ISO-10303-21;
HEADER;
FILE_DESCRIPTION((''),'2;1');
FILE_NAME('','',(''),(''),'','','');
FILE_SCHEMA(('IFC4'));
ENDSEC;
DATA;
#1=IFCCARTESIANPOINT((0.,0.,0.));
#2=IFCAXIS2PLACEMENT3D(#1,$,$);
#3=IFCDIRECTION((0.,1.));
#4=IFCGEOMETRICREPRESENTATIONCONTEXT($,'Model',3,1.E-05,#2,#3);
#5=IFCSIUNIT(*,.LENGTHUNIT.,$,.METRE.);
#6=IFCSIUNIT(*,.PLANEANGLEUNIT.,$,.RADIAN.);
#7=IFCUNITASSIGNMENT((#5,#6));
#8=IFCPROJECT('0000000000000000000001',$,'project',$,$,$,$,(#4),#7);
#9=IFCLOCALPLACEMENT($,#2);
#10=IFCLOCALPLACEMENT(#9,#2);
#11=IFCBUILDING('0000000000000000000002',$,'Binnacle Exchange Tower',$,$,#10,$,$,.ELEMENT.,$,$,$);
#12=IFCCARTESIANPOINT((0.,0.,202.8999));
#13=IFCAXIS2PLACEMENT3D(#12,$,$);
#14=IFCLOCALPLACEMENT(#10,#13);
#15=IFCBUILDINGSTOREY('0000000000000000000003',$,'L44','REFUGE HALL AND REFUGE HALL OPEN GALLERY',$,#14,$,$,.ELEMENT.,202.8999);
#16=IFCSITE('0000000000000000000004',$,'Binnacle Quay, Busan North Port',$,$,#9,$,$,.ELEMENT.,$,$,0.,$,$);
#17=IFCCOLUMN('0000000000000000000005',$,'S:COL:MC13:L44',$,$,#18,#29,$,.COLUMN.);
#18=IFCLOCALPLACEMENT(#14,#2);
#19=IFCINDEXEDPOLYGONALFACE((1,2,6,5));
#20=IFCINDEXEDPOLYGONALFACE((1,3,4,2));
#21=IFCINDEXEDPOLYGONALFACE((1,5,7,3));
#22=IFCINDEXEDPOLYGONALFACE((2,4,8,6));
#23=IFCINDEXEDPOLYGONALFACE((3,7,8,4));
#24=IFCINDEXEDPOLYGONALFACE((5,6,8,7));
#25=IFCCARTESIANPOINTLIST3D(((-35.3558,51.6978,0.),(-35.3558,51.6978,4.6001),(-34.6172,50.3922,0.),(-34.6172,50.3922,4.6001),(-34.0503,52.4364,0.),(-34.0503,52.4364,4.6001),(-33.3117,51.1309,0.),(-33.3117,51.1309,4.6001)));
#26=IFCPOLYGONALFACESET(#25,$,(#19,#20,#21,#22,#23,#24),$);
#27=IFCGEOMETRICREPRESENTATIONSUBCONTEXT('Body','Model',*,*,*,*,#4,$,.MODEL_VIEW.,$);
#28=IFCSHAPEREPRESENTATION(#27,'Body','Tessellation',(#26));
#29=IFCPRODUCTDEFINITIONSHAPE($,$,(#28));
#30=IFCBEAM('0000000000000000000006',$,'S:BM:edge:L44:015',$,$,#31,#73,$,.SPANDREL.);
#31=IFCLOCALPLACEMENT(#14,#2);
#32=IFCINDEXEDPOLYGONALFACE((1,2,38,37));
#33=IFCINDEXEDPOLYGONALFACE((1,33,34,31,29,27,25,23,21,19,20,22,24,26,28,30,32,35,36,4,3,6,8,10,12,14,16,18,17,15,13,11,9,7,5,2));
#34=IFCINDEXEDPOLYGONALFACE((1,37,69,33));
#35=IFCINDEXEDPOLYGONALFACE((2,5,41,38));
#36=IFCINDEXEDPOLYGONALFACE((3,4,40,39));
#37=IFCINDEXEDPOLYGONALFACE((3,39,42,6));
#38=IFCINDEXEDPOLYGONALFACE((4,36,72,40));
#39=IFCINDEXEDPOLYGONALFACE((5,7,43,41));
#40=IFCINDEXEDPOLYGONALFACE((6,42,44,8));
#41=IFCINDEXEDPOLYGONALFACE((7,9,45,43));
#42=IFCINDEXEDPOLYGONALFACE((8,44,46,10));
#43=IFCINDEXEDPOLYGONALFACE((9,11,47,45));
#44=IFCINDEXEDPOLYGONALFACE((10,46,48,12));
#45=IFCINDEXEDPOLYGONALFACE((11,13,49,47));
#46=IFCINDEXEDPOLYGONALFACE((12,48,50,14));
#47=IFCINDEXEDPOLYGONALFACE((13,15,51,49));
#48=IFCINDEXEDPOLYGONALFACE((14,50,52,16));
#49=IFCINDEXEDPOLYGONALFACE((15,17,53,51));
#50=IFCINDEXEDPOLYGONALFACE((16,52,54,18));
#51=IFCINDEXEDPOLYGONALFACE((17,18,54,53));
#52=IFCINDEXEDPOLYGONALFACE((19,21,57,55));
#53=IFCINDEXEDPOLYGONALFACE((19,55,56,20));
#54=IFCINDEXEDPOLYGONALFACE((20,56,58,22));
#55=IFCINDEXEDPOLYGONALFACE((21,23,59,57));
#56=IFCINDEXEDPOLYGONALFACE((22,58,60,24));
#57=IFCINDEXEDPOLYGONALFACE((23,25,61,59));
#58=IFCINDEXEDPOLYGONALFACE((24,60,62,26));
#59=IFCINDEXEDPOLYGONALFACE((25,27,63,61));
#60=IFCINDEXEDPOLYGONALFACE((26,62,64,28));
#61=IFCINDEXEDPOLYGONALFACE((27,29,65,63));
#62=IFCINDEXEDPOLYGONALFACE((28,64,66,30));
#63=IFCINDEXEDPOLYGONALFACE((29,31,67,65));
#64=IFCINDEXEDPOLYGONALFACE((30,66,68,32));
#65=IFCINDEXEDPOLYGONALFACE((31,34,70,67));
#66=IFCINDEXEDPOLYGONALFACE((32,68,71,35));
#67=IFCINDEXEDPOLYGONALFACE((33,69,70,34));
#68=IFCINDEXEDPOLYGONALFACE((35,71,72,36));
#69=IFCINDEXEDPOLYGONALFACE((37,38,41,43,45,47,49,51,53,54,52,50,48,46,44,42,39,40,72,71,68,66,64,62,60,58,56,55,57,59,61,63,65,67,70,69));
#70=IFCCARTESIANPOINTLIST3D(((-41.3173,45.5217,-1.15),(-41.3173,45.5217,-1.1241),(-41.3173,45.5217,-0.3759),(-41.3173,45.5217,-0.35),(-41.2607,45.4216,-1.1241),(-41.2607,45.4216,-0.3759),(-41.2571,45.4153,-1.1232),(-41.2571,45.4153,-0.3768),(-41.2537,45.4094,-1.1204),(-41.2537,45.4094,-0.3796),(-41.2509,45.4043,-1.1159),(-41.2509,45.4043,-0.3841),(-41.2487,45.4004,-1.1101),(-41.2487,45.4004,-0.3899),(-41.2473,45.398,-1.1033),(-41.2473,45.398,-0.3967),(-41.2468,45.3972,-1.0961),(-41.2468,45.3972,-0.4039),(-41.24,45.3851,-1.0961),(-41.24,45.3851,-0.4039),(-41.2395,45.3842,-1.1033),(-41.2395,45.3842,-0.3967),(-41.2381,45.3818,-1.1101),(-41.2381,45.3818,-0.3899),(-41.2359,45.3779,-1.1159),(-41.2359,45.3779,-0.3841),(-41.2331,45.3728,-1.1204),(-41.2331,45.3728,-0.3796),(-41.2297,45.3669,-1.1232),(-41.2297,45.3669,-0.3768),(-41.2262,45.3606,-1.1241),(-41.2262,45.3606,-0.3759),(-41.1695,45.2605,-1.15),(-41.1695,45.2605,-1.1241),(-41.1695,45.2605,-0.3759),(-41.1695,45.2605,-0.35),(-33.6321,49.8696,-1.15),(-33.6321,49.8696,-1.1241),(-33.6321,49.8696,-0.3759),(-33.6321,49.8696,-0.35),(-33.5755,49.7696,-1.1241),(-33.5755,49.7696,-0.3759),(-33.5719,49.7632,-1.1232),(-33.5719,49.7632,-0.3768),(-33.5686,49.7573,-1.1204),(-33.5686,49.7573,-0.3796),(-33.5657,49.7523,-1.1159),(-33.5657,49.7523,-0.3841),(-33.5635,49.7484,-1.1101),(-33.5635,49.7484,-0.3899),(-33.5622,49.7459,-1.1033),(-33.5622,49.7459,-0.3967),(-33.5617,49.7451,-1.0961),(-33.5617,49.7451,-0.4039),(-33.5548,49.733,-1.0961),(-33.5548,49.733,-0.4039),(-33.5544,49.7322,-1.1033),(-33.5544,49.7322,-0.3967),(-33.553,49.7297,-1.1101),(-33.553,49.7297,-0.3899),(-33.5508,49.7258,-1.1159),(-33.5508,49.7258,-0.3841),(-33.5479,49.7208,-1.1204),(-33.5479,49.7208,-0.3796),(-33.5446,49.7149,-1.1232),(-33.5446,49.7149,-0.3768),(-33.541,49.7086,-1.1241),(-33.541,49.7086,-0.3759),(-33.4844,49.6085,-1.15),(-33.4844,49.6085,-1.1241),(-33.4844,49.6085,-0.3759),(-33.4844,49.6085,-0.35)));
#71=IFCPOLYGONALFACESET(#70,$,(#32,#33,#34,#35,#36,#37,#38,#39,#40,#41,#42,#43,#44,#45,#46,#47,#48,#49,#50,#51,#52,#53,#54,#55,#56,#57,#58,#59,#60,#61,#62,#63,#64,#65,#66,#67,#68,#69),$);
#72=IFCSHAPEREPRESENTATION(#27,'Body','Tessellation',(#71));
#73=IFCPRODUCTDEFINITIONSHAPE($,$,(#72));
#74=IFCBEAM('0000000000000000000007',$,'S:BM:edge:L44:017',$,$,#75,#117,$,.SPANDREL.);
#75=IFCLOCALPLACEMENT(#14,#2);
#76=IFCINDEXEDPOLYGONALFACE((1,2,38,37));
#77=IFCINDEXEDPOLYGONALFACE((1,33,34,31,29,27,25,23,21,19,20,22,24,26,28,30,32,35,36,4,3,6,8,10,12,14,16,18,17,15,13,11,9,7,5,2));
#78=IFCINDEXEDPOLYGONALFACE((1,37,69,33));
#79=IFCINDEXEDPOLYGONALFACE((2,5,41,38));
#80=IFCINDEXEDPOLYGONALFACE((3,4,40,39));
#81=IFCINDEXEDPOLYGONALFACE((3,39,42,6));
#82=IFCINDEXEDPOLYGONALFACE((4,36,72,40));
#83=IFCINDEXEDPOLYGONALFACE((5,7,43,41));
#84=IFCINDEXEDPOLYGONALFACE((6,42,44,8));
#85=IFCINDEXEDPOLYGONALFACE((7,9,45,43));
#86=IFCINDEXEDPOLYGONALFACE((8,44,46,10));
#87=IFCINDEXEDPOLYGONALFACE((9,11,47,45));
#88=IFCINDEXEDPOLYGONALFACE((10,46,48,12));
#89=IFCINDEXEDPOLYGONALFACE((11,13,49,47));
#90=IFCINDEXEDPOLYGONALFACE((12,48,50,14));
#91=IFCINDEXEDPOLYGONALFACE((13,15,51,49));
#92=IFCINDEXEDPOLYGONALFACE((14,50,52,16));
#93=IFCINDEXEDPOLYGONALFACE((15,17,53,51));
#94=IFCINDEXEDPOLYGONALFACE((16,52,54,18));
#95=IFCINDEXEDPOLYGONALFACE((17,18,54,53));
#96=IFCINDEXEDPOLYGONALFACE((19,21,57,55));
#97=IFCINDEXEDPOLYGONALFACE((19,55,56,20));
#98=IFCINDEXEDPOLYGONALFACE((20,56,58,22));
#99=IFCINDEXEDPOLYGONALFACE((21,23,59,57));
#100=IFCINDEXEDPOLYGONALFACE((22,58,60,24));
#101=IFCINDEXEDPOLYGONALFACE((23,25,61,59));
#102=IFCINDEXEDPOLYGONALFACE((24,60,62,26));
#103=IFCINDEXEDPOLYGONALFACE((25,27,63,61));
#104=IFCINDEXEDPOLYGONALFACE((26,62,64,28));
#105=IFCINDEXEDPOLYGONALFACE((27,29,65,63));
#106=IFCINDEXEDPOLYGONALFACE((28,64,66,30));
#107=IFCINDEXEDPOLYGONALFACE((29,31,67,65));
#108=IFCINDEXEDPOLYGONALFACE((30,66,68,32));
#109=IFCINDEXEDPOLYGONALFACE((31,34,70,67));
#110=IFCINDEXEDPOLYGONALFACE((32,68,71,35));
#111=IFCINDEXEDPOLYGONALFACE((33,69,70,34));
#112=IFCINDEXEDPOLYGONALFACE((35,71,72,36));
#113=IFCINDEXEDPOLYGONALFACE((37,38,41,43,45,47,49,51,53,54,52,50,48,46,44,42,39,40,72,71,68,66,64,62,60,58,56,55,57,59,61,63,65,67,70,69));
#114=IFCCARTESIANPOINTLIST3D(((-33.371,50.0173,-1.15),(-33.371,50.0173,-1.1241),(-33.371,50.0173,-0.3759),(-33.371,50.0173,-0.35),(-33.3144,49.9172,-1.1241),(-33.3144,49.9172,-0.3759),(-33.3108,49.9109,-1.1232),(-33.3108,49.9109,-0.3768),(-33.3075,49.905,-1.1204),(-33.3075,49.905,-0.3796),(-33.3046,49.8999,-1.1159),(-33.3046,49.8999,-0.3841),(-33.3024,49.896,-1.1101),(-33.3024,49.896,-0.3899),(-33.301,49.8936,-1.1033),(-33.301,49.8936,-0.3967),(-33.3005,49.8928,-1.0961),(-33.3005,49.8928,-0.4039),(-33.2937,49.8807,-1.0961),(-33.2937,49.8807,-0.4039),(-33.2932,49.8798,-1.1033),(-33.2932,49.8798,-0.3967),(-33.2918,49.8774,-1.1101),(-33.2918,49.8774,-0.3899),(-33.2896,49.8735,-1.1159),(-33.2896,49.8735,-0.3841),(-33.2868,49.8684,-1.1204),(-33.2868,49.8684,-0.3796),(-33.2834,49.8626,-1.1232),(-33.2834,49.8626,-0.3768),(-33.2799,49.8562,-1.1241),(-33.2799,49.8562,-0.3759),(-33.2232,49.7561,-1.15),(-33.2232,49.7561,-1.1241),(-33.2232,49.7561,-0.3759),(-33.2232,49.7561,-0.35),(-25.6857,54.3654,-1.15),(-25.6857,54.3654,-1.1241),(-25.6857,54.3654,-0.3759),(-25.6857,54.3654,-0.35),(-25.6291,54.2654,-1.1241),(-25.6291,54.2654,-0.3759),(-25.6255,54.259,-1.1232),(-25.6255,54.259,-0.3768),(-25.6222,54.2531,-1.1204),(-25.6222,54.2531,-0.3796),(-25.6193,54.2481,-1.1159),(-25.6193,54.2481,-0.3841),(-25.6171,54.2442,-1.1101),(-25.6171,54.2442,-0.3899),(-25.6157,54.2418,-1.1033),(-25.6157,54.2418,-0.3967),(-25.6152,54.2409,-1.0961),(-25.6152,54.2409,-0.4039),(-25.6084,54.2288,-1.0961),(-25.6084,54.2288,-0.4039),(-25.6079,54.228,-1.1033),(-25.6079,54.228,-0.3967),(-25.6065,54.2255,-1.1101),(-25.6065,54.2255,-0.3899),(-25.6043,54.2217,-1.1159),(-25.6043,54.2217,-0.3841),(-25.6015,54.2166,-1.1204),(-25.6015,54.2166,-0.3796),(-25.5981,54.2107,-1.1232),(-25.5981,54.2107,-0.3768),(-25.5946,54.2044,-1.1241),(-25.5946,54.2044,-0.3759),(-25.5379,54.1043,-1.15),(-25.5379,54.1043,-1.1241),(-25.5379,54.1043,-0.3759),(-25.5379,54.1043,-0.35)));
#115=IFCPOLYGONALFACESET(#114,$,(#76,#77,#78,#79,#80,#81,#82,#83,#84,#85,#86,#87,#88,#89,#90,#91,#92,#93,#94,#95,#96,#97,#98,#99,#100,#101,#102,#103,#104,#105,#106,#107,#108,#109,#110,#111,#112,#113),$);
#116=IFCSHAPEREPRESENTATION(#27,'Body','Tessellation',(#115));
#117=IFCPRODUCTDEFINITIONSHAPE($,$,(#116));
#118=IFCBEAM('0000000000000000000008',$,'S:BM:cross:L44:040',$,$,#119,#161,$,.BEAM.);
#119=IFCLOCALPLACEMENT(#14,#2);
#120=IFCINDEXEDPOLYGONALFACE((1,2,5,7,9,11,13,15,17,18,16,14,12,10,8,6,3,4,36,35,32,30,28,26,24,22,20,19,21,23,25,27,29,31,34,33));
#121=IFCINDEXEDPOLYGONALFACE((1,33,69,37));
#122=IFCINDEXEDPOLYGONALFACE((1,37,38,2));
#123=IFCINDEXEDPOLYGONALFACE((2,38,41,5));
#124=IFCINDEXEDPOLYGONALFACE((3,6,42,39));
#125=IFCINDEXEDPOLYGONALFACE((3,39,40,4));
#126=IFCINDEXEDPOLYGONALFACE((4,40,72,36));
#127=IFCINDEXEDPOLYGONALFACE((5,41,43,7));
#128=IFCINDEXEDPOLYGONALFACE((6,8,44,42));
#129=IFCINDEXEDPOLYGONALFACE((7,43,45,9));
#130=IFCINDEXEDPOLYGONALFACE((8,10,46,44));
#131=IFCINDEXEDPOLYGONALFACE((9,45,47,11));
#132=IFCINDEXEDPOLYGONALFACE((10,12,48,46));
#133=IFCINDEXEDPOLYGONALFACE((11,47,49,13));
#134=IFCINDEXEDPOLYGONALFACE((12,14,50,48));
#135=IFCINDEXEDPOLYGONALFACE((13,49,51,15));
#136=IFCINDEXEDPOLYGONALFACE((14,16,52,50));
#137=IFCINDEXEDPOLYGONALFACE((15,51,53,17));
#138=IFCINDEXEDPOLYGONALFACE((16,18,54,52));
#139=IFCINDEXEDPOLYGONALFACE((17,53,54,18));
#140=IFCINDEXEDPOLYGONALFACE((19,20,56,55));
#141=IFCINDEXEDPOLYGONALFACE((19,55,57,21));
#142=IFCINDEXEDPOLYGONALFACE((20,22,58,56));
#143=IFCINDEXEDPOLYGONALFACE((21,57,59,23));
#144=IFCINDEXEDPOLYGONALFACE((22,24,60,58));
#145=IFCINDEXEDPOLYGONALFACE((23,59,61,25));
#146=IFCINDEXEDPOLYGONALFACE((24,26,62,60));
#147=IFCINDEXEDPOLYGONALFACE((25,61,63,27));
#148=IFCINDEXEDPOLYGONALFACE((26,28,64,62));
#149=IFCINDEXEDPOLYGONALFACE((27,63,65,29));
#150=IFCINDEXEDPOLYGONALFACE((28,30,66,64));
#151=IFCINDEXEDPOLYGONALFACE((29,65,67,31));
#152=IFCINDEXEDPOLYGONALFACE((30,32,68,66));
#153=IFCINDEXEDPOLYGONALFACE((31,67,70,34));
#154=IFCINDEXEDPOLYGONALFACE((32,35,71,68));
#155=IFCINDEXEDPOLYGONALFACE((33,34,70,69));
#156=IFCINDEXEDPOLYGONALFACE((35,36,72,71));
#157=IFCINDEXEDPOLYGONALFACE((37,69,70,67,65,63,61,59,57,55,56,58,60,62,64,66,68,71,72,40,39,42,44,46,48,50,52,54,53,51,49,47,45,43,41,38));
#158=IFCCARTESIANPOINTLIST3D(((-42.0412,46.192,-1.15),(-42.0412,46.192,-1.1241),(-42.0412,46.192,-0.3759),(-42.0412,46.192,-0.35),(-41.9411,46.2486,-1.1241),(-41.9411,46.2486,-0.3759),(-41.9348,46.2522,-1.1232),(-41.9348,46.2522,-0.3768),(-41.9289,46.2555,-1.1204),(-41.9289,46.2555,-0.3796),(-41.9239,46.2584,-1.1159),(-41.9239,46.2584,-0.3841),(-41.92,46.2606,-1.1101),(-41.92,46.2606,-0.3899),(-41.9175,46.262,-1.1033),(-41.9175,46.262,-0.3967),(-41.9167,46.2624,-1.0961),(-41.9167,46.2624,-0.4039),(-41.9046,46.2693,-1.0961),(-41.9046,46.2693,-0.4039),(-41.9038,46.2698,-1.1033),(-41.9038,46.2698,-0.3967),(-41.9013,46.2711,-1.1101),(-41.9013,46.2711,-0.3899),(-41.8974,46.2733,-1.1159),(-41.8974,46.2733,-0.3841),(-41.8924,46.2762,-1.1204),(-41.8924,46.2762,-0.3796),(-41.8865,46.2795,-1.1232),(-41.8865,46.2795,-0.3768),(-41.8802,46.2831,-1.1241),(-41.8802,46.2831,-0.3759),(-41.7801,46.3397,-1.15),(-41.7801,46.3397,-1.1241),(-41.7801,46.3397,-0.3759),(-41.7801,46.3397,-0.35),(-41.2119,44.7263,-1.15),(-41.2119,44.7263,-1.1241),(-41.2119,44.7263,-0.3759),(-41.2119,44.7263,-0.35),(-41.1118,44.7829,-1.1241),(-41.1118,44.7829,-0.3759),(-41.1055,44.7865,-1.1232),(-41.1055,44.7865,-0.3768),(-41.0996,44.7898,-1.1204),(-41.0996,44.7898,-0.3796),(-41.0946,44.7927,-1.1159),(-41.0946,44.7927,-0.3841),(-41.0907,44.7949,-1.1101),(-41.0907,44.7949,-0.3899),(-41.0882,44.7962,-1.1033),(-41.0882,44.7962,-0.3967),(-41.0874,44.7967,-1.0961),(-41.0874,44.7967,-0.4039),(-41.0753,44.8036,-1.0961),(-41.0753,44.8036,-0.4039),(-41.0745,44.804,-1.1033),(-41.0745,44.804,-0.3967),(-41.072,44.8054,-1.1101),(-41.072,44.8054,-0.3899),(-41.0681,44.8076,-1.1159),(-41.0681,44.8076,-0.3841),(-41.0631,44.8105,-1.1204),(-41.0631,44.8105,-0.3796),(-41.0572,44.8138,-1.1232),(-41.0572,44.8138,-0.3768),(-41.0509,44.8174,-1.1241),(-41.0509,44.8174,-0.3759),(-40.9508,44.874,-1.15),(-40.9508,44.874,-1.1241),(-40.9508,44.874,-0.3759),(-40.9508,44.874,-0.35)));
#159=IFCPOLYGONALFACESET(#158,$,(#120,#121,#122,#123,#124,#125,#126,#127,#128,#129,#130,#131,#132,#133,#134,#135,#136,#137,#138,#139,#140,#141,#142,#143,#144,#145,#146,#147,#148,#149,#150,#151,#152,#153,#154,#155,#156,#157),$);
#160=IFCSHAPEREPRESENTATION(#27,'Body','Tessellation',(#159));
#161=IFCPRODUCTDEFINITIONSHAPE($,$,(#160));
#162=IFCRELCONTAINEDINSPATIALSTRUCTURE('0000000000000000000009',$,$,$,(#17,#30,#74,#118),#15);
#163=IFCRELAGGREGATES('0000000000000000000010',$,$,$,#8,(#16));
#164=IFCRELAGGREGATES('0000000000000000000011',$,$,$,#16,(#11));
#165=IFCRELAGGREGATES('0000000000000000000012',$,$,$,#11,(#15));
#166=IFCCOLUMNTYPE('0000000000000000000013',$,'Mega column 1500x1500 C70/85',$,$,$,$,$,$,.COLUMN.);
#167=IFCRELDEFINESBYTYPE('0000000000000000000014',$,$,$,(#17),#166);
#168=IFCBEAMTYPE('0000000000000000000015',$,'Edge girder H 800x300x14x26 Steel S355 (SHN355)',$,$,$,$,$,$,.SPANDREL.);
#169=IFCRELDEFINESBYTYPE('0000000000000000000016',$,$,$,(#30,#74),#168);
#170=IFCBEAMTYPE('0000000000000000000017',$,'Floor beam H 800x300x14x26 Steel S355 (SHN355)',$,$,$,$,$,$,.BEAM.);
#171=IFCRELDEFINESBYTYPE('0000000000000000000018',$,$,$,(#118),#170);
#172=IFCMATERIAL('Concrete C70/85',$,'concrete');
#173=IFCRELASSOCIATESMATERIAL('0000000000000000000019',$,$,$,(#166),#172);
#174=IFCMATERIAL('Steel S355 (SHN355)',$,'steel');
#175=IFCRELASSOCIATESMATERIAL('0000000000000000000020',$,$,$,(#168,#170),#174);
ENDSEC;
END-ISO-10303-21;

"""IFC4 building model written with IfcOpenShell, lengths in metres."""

from ifc_helpers import new_model, si_unit, direction, frame, origin, origin_2d, place, context, subcontext, project, spatial, rectangle, i_section, extrude, material, material_profile, profile_set, type_object, element, save


model = new_model("IFC4")

# Units and contexts
model_context = context("Model", 3, precision=1e-05, world=origin(), true_north=direction((0.0, 1.0)))
body_context = subcontext(model_context, "Body", "Model", "MODEL_VIEW")
ifc_project = project(units=[si_unit("LENGTHUNIT", "METRE"), si_unit("PLANEANGLEUNIT", "RADIAN")], contexts=[model_context])

# Site, building, storey
site_placement = place(None, origin())
site = spatial("IfcSite", under=ifc_project, at=site_placement, Name="Binnacle Quay, Busan North Port", CompositionType="ELEMENT", RefElevation=0.0)
building_placement = place(site_placement, origin())
building = spatial("IfcBuilding", under=site, at=building_placement, Name="Binnacle Exchange Tower", CompositionType="ELEMENT")
storey_placement = place(building_placement, frame((0.0, 0.0, 202.8999)))
storey = spatial("IfcBuildingStorey", under=building, at=storey_placement, Name="L44", Description="REFUGE HALL AND REFUGE HALL OPEN GALLERY", CompositionType="ELEMENT", Elevation=202.8999)

# Column
ifc_material_1 = material(Name="Concrete C70/85", Category="concrete")
ifc_material_profile_1 = material_profile(ifc_material_1, rectangle(XDim=1.5, YDim=1.5, at=origin_2d()), Name="Mega column 1500x1500 C70/85")
ifc_profile_set_1 = profile_set([ifc_material_profile_1], Name="Concrete C70/85")
column_type = type_object("IfcColumnType", Name="Mega column 1500x1500 C70/85", PredefinedType="COLUMN", material=ifc_profile_set_1)
column_placement = place(storey_placement, frame((-34.3337, 51.4143, 0.0), z_axis=(0.0, 0.0, 1.0), x_axis=(-0.870356, -0.492424, 0.0)))
element("IfcColumn", 1, at=column_placement, inside=storey, type_object=column_type, Name="S:COL:MC13:L44", PredefinedType="COLUMN", context=body_context, shape_type="SweptSolid", body=[
    extrude(rectangle(XDim=1.5, YDim=1.5, at=origin_2d()), origin(), (0.0, 0.0, 1.0), 4.6001),
])

# Beams
ifc_material_2 = material(Name="Steel S355 (SHN355)", Category="steel")
ifc_material_profile_2 = material_profile(ifc_material_2, i_section(OverallWidth=0.3, OverallDepth=0.8, WebThickness=0.0139, FlangeThickness=0.0259, FilletRadius=0.0281, at=origin_2d()), Name="H 800x300x14x26")
ifc_profile_set_2 = profile_set([ifc_material_profile_2], Name="Steel S355 (SHN355)")
beam_type_1 = type_object("IfcBeamType", Name="Edge girder H 800x300x14x26 Steel S355 (SHN355)", PredefinedType="SPANDREL", material=ifc_profile_set_2)
beam_1_placement = place(storey_placement, frame((-41.2434, 45.3911, -0.75), z_axis=(0.87036, 0.492415, 0.0), x_axis=(-0.492415, 0.87036, 0.0)))
element("IfcBeam", 2, at=beam_1_placement, inside=storey, type_object=beam_type_1, Name="S:BM:edge:L44:015", PredefinedType="SPANDREL", context=body_context, shape_type="SweptSolid", body=[
    extrude(i_section(OverallWidth=0.3, OverallDepth=0.8, WebThickness=0.0139, FlangeThickness=0.0259, FilletRadius=0.0281, at=origin_2d()), origin(), (0.0, 0.0, 1.0), 8.8298),
])
beam_2_placement = place(storey_placement, frame((-33.2971, 49.8867, -0.75), z_axis=(0.870355, 0.492424, 0.0), x_axis=(-0.492424, 0.870355, 0.0)))
element("IfcBeam", 3, at=beam_2_placement, inside=storey, type_object=beam_type_1, Name="S:BM:edge:L44:017", PredefinedType="SPANDREL", context=body_context, shape_type="SweptSolid", body=[
    extrude(i_section(OverallWidth=0.3, OverallDepth=0.8, WebThickness=0.0139, FlangeThickness=0.0259, FilletRadius=0.0281, at=origin_2d()), origin(), (0.0, 0.0, 1.0), 8.8301),
])
ifc_material_profile_3 = material_profile(ifc_material_2, i_section(OverallWidth=0.3, OverallDepth=0.8, WebThickness=0.0139, FlangeThickness=0.0259, FilletRadius=0.0281, at=origin_2d()), Name="H 800x300x14x26")
ifc_profile_set_3 = profile_set([ifc_material_profile_3], Name="Steel S355 (SHN355)")
beam_type_2 = type_object("IfcBeamType", Name="Floor beam H 800x300x14x26 Steel S355 (SHN355)", PredefinedType="BEAM", material=ifc_profile_set_3)
beam_3_placement = place(storey_placement, frame((-41.9106, 46.2659, -0.75), z_axis=(0.492435, -0.870349, 0.0), x_axis=(0.870349, 0.492435, 0.0)))
element("IfcBeam", 4, at=beam_3_placement, inside=storey, type_object=beam_type_2, Name="S:BM:cross:L44:040", PredefinedType="BEAM", context=body_context, shape_type="SweptSolid", body=[
    extrude(i_section(OverallWidth=0.3, OverallDepth=0.8, WebThickness=0.0139, FlangeThickness=0.0259, FilletRadius=0.0281, at=origin_2d()), origin(), (0.0, 0.0, 1.0), 1.6841),
])

save(model, "model.ifc")
